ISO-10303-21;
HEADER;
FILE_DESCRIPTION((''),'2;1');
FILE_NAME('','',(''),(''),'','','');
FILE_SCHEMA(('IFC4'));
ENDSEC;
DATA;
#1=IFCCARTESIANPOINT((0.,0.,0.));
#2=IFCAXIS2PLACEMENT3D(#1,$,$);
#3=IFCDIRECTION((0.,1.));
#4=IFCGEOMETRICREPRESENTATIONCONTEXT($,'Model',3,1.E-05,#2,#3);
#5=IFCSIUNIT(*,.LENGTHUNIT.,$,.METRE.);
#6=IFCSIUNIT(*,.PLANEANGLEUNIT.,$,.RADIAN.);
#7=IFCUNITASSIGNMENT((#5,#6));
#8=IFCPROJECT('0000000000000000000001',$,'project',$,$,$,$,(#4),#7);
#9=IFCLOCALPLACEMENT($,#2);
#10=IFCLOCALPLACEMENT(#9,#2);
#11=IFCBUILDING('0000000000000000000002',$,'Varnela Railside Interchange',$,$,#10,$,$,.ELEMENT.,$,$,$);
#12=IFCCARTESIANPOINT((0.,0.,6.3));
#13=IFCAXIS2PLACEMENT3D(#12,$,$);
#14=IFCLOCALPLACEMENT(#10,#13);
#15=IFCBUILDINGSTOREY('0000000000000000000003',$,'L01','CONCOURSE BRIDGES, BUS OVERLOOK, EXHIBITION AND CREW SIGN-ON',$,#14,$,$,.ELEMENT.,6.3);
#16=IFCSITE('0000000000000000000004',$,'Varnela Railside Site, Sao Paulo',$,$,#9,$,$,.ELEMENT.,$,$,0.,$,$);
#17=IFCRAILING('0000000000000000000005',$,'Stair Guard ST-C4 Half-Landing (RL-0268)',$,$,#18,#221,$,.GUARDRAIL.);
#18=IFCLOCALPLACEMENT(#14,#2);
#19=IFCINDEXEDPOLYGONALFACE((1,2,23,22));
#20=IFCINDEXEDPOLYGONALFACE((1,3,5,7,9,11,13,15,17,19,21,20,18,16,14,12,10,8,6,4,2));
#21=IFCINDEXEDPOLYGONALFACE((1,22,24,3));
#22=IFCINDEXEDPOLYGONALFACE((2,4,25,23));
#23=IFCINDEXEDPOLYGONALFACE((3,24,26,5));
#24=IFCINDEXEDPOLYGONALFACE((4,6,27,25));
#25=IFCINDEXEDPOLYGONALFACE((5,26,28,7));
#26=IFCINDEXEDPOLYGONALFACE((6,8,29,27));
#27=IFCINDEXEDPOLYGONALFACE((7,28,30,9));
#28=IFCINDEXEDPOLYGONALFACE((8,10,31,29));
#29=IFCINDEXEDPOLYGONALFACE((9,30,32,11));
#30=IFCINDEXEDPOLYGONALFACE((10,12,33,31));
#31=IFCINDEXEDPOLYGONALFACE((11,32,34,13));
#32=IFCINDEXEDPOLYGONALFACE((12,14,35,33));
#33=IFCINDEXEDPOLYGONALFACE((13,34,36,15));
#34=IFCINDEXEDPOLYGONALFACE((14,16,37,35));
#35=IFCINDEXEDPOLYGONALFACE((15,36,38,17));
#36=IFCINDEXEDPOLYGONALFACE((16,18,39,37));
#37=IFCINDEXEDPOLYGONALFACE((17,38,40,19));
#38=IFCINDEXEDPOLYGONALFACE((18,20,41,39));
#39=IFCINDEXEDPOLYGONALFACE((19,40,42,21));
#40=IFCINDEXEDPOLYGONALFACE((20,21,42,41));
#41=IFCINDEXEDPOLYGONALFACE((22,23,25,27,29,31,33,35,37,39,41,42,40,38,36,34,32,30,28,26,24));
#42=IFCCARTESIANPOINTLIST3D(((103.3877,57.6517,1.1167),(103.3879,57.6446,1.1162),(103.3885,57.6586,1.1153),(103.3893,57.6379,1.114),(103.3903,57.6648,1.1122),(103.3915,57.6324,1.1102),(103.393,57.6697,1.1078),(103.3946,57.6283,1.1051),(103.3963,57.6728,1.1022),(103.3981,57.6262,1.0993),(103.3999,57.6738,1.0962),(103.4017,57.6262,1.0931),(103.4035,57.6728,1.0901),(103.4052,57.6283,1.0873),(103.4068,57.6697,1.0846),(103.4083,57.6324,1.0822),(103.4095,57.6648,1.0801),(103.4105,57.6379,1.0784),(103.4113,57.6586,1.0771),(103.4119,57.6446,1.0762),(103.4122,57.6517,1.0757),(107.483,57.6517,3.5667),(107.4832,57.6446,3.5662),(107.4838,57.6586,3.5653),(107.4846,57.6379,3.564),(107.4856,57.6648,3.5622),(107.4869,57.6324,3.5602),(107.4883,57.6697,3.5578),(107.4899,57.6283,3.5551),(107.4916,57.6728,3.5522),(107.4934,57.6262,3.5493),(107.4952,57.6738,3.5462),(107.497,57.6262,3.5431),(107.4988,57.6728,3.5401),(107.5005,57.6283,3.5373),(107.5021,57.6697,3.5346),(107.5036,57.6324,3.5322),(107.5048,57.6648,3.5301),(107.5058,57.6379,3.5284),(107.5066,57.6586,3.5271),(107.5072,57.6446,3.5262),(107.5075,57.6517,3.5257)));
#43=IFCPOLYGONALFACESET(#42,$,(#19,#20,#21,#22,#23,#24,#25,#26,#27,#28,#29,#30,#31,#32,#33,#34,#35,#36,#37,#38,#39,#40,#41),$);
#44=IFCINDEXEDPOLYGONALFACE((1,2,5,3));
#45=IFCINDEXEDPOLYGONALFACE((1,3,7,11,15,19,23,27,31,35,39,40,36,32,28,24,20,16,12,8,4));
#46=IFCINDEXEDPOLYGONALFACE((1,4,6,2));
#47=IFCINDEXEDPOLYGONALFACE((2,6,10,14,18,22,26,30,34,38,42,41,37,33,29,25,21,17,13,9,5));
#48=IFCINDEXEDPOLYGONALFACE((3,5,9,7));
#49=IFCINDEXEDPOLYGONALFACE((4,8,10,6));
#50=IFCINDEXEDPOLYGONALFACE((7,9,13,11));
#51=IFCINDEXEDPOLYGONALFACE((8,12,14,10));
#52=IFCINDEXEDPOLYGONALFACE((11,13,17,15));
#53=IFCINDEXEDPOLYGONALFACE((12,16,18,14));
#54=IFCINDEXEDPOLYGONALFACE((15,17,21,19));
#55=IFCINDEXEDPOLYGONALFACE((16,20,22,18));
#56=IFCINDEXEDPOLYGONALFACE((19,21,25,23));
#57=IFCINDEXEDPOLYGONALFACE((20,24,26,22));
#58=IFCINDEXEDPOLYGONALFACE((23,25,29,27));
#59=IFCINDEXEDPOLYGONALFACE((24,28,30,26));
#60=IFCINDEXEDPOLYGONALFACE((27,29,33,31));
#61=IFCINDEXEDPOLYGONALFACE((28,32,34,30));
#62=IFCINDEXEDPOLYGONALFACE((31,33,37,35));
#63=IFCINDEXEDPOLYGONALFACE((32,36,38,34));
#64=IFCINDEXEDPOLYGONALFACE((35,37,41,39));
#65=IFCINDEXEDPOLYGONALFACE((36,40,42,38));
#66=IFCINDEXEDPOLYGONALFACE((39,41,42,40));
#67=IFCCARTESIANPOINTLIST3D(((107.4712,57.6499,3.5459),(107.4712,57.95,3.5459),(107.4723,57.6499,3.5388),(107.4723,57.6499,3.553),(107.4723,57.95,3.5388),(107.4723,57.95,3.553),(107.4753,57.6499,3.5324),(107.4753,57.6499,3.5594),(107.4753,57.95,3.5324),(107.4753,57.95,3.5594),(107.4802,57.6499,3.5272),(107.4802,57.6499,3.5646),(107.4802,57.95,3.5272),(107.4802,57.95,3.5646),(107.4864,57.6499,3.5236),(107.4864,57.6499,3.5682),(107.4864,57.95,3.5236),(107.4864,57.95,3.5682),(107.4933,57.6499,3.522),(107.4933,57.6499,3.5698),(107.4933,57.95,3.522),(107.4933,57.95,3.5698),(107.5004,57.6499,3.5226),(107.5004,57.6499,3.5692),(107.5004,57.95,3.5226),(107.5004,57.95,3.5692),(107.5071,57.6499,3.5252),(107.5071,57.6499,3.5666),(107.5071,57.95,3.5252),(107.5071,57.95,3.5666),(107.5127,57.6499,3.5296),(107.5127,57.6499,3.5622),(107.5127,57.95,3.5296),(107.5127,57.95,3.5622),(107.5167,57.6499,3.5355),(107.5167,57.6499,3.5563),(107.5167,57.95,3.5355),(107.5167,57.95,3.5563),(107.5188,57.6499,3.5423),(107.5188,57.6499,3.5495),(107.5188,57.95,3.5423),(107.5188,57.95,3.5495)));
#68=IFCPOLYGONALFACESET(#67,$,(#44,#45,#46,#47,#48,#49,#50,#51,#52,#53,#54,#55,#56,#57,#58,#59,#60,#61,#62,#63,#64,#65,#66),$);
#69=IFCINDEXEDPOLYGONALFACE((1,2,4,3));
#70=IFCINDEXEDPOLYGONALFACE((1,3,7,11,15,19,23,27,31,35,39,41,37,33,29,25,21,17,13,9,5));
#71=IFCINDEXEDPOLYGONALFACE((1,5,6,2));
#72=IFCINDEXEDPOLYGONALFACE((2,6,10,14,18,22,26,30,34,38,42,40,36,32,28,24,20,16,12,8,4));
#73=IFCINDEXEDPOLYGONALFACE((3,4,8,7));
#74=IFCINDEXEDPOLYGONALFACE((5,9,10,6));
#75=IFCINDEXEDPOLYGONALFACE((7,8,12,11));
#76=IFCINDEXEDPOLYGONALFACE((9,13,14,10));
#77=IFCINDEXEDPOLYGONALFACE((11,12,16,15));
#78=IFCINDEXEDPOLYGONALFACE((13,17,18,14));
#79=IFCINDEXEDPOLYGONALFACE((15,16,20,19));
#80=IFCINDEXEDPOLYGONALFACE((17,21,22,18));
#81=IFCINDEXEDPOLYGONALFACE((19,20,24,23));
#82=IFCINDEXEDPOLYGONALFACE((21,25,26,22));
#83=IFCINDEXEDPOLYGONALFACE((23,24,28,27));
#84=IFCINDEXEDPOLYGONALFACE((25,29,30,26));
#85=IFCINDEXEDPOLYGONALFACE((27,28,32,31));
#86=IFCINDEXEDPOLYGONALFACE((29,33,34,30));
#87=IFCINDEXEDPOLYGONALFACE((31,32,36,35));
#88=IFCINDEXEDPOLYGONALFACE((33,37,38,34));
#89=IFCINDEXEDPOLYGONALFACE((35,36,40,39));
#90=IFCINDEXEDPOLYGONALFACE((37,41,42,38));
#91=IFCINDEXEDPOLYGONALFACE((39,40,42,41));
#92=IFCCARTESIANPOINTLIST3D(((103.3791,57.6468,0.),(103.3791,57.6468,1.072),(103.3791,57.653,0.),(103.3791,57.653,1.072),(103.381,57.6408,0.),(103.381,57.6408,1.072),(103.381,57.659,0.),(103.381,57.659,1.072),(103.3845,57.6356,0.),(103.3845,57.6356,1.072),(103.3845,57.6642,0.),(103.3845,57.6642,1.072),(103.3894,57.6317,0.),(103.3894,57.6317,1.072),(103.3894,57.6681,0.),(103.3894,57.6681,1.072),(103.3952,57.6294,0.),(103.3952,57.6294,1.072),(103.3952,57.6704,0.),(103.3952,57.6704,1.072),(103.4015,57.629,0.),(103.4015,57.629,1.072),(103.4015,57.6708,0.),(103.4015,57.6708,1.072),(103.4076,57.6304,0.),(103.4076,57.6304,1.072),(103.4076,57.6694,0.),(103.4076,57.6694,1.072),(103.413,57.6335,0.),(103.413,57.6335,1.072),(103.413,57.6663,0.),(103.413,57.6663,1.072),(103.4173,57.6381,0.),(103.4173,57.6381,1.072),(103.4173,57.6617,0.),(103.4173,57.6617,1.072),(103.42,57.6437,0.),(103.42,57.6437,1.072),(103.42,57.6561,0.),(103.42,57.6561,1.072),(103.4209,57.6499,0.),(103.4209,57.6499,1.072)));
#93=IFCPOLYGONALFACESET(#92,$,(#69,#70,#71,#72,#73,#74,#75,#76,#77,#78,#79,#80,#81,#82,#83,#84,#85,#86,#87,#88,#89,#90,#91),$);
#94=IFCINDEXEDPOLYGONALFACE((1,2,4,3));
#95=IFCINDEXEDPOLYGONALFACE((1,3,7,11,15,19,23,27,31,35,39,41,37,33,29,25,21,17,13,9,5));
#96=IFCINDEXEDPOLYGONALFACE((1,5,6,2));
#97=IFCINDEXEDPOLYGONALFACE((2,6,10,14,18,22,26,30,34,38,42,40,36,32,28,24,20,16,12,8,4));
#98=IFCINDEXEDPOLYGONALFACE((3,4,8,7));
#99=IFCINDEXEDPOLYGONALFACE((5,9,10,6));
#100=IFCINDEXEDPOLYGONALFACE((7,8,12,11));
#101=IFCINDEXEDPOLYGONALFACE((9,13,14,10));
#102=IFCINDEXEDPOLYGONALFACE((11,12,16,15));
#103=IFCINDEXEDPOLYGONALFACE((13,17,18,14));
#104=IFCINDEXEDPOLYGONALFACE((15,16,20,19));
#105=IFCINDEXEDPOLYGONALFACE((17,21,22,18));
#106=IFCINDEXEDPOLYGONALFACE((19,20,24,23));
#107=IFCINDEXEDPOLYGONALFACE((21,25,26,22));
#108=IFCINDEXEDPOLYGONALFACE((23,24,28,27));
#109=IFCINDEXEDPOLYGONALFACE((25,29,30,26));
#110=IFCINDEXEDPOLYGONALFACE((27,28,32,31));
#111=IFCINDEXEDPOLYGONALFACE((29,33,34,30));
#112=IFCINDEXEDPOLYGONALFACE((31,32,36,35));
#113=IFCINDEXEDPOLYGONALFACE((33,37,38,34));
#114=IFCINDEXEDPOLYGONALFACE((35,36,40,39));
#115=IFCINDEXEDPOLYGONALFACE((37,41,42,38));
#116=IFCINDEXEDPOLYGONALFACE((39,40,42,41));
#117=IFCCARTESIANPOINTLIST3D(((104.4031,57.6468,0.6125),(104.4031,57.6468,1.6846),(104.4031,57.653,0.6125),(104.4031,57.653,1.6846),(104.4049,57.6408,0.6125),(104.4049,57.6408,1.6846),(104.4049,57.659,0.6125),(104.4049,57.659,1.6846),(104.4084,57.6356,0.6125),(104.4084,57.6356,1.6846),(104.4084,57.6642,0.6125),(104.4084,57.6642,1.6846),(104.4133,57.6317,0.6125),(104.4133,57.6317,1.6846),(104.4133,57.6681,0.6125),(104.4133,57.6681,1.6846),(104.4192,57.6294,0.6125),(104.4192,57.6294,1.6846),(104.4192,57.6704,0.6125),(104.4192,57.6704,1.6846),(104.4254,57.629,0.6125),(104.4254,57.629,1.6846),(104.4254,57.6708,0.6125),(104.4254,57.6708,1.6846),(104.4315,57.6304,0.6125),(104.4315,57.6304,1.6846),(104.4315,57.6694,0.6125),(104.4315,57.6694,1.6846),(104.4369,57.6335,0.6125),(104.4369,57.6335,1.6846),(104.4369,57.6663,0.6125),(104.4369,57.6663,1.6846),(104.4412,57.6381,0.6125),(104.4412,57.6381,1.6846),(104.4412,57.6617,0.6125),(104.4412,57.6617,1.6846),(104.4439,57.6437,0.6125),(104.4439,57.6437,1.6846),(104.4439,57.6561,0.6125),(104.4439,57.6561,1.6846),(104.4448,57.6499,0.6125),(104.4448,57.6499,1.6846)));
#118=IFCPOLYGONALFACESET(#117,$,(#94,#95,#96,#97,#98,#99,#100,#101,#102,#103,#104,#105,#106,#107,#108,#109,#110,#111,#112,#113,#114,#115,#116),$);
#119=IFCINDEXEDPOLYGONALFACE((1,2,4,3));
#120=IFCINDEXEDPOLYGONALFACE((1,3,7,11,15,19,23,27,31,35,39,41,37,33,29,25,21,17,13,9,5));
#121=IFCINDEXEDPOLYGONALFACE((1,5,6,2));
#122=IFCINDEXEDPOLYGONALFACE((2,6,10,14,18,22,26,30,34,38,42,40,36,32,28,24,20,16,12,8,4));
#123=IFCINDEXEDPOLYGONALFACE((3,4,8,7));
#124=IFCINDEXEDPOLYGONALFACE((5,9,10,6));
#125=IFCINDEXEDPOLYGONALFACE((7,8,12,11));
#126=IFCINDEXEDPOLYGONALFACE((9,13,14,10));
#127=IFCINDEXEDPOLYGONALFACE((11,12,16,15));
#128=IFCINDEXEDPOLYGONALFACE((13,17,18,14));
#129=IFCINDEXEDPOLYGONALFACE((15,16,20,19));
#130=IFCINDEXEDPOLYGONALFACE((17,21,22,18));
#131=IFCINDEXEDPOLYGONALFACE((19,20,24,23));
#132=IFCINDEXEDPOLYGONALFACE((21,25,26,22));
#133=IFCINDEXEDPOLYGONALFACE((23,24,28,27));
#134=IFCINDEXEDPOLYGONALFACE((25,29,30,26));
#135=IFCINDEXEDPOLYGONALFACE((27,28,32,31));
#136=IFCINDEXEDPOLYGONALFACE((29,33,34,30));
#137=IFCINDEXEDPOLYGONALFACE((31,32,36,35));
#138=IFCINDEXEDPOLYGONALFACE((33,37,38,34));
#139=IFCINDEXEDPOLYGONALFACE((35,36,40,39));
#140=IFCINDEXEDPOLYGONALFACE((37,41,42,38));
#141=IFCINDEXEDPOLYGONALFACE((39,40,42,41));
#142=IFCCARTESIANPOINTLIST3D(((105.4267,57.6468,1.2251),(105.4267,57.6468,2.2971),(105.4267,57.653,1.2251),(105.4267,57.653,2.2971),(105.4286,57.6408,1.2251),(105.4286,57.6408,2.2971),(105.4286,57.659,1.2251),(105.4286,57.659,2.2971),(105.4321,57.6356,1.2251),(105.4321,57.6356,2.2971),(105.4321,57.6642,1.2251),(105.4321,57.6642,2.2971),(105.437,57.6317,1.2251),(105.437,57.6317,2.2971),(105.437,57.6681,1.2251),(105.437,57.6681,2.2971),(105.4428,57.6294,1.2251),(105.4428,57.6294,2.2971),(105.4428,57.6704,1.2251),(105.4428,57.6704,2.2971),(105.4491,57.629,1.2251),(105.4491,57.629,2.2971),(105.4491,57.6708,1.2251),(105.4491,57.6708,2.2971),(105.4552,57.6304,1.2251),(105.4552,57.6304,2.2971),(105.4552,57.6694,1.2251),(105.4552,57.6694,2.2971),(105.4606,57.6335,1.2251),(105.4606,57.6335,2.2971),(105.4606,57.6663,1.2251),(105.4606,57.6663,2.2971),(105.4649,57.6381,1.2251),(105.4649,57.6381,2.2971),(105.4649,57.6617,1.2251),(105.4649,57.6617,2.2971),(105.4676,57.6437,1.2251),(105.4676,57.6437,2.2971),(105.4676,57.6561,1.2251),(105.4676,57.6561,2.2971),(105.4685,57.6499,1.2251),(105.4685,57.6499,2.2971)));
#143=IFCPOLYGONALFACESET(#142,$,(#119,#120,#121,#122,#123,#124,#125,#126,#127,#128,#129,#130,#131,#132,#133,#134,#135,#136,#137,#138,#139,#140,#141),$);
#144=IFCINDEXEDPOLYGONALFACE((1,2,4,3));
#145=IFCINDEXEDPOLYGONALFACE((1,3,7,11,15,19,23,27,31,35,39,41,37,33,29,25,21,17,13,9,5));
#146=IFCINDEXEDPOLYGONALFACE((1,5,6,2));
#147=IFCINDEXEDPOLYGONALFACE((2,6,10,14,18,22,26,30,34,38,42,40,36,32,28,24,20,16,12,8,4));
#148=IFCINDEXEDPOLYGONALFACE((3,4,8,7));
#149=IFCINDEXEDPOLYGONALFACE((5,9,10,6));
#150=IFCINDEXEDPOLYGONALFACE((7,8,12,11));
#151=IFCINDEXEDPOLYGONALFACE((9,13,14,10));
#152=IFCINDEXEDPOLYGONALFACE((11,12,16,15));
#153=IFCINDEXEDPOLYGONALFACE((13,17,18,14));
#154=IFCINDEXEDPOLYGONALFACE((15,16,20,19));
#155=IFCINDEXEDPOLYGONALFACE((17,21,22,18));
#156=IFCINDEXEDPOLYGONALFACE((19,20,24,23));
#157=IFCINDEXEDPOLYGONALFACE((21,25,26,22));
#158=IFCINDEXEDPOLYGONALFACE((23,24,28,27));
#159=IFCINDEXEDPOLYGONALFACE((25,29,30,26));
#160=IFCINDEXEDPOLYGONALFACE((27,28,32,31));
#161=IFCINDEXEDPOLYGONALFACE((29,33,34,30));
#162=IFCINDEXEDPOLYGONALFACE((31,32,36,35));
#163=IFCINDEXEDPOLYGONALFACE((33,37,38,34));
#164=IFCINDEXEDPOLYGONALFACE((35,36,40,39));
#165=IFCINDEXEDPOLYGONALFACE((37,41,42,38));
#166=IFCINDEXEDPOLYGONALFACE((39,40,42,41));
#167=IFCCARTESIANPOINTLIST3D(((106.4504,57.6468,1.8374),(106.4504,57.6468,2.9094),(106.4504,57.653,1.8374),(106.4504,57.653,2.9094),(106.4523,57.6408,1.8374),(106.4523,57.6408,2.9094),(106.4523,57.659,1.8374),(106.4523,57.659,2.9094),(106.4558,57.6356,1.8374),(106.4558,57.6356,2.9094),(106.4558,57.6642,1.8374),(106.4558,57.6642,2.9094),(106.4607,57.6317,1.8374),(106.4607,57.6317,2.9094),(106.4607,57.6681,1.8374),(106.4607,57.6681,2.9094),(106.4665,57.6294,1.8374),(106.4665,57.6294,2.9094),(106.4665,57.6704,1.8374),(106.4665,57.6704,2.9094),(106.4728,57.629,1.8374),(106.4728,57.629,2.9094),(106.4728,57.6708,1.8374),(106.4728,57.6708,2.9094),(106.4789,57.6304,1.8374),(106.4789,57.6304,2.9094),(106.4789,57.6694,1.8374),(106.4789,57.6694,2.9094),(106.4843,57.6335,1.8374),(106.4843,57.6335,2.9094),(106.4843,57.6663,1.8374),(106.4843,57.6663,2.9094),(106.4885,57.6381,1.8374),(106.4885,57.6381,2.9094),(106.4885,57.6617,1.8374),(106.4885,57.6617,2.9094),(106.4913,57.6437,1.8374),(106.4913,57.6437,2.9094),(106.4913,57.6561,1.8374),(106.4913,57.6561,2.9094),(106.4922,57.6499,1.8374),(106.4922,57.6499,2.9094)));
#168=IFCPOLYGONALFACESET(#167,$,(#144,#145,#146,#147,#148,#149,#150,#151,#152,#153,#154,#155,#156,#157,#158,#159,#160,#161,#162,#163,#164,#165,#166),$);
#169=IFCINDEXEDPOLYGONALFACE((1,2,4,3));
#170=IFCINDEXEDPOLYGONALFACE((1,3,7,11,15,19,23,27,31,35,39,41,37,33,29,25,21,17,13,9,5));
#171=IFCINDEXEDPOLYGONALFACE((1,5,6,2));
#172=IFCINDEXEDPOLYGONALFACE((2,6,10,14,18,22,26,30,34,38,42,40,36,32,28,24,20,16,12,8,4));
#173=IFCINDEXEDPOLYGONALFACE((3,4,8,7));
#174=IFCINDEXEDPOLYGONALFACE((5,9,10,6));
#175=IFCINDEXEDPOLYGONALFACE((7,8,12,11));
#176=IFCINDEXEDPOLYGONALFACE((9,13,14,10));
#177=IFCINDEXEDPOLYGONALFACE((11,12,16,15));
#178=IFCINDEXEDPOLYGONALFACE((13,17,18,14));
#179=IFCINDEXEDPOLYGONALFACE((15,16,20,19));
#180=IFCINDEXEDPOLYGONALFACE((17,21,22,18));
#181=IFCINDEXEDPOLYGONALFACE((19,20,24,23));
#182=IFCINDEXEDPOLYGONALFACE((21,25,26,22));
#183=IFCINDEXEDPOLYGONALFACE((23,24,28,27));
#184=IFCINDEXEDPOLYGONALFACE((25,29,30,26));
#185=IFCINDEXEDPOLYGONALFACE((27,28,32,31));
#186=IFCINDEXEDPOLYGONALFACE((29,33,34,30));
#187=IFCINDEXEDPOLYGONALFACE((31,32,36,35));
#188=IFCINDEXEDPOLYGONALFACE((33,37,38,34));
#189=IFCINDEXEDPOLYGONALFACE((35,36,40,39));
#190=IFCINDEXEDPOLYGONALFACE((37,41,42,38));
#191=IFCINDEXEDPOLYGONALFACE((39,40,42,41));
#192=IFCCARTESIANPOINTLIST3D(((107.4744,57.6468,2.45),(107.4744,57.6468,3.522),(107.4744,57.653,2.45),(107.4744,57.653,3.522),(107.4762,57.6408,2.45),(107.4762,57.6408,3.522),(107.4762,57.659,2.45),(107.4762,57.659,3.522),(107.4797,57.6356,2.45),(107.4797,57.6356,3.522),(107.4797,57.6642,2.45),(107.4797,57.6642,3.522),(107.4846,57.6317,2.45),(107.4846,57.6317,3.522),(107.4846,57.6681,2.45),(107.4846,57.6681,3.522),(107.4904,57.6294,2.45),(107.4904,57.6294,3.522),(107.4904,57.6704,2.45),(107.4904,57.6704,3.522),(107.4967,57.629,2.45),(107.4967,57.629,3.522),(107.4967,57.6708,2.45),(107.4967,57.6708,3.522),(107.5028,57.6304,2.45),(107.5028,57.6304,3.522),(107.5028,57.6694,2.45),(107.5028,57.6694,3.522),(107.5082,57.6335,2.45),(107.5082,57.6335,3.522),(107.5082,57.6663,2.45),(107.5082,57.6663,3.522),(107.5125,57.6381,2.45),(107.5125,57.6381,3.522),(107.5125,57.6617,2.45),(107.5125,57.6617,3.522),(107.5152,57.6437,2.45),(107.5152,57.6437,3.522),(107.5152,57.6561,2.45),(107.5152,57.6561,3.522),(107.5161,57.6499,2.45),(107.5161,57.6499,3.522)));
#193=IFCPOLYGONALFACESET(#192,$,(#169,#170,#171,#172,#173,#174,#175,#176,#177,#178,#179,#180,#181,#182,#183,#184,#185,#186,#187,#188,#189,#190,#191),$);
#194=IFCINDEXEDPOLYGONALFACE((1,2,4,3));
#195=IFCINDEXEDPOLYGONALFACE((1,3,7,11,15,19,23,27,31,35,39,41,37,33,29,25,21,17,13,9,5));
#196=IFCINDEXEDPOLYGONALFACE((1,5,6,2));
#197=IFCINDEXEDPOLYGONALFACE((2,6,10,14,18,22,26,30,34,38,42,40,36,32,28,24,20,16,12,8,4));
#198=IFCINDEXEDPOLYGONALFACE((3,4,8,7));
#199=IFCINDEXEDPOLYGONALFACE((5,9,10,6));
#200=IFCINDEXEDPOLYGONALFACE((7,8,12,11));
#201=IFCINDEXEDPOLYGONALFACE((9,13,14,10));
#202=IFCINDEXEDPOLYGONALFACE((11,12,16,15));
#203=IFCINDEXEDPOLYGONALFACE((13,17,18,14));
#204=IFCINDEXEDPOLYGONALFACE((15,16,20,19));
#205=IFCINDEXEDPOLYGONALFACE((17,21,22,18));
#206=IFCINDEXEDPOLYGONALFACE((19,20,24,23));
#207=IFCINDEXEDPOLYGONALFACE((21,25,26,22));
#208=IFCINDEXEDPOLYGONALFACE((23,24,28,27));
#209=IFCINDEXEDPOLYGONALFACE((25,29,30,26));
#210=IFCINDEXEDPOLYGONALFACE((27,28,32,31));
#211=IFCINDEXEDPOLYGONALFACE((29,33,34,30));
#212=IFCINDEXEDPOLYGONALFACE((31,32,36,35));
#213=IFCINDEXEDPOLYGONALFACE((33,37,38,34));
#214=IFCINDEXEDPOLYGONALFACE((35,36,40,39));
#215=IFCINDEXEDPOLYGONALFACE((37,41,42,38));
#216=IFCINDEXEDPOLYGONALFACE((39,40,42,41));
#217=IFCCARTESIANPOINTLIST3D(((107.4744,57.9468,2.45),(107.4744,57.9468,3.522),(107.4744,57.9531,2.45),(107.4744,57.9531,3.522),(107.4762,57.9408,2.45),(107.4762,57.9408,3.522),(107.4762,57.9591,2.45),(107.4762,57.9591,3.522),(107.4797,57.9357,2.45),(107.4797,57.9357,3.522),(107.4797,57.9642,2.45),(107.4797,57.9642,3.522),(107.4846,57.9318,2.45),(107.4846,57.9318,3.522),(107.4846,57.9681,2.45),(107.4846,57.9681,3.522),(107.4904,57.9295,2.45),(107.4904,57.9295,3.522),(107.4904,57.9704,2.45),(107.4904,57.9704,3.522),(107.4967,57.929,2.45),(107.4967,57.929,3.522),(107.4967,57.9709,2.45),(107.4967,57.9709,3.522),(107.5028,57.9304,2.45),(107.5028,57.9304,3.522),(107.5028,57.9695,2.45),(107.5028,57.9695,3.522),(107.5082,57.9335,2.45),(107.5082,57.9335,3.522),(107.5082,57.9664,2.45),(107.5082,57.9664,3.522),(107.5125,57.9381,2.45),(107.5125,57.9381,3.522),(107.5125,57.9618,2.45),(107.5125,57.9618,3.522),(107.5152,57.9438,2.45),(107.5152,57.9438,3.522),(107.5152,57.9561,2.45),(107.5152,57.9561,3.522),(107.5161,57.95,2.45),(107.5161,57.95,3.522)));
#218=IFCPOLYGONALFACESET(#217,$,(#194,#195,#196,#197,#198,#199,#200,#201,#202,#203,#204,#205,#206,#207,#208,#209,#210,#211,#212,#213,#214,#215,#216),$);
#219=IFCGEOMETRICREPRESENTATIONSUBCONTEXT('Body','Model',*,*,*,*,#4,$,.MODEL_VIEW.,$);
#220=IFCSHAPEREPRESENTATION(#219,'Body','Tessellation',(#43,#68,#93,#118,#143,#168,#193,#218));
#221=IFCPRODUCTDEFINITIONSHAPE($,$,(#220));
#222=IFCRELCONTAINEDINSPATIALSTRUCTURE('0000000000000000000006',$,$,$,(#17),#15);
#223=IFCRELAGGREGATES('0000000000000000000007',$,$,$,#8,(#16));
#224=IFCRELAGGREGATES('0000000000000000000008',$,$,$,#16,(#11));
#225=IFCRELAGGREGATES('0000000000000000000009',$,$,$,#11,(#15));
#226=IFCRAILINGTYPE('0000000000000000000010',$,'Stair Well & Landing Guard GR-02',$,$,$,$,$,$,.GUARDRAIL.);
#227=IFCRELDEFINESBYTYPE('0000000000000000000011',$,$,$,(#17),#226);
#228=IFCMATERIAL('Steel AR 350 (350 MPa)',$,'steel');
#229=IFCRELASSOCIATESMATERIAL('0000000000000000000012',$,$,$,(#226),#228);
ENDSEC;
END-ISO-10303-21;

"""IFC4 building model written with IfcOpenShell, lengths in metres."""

from ifc_helpers import new_model, si_unit, direction, frame, origin, origin_2d, place, context, subcontext, project, spatial, circle, extrude, material, type_object, element, save


model = new_model("IFC4")

# Units and contexts
model_context = context("Model", 3, precision=1e-05, world=origin(), true_north=direction((0.0, 1.0)))
body_context = subcontext(model_context, "Body", "Model", "MODEL_VIEW")
ifc_project = project(units=[si_unit("LENGTHUNIT", "METRE"), si_unit("PLANEANGLEUNIT", "RADIAN")], contexts=[model_context])

# Site, building, storey
site_placement = place(None, origin())
site = spatial("IfcSite", under=ifc_project, at=site_placement, Name="Varnela Railside Site, Sao Paulo", CompositionType="ELEMENT", RefElevation=0.0)
building_placement = place(site_placement, origin())
building = spatial("IfcBuilding", under=site, at=building_placement, Name="Varnela Railside Interchange", CompositionType="ELEMENT")
storey_placement = place(building_placement, frame((0.0, 0.0, 6.3)))
storey = spatial("IfcBuildingStorey", under=building, at=storey_placement, Name="L01", Description="CONCOURSE BRIDGES, BUS OVERLOOK, EXHIBITION AND CREW SIGN-ON", CompositionType="ELEMENT", Elevation=6.3)

# Shared definitions
ifc_material_1 = material(Name="Steel AR 350 (350 MPa)", Category="steel")

# Railing
railing_type_1 = type_object("IfcRailingType", Name="Stair Well & Landing Guard GR-02", PredefinedType="GUARDRAIL", material=ifc_material_1)
railing_1_placement = place(storey_placement, frame((103.3999, 57.6499, 0.0)))
element("IfcRailing", 1, at=railing_1_placement, inside=storey, type_object=railing_type_1, Name="Stair Guard ST-C4 Half-Landing (RL-0268)", PredefinedType="GUARDRAIL", context=body_context, shape_type="SweptSolid", body=[
    extrude(circle(Radius=0.0239, at=origin_2d()), frame((0.0, 0.0, 1.0962), z_axis=(0.858156, 0.0, 0.513389), x_axis=(0.0, 1.0, 0.0)), (0.0, 0.0, 1.0), 4.7722),
    extrude(circle(Radius=0.0239, at=origin_2d()), frame((4.0952, 0.0, 3.5459), z_axis=(0.0, 1.0, 0.0), x_axis=(-1.0, 0.0, 0.0)), (0.0, 0.0, 1.0), 0.3),
    extrude(circle(Radius=0.021, at=origin_2d()), origin(), (0.0, 0.0, 1.0), 1.072),
    extrude(circle(Radius=0.021, at=origin_2d()), frame((1.0239, 0.0, 0.6125)), (0.0, 0.0, 1.0), 1.072),
    extrude(circle(Radius=0.021, at=origin_2d()), frame((2.0476, 0.0, 1.2251)), (0.0, 0.0, 1.0), 1.072),
    extrude(circle(Radius=0.021, at=origin_2d()), frame((3.0713, 0.0, 1.8374)), (0.0, 0.0, 1.0), 1.072),
    extrude(circle(Radius=0.021, at=origin_2d()), frame((4.0952, 0.0, 2.45)), (0.0, 0.0, 1.0), 1.072),
    extrude(circle(Radius=0.021, at=origin_2d()), frame((4.0952, 0.3, 2.45)), (0.0, 0.0, 1.0), 1.072),
])

save(model, "model.ifc")
